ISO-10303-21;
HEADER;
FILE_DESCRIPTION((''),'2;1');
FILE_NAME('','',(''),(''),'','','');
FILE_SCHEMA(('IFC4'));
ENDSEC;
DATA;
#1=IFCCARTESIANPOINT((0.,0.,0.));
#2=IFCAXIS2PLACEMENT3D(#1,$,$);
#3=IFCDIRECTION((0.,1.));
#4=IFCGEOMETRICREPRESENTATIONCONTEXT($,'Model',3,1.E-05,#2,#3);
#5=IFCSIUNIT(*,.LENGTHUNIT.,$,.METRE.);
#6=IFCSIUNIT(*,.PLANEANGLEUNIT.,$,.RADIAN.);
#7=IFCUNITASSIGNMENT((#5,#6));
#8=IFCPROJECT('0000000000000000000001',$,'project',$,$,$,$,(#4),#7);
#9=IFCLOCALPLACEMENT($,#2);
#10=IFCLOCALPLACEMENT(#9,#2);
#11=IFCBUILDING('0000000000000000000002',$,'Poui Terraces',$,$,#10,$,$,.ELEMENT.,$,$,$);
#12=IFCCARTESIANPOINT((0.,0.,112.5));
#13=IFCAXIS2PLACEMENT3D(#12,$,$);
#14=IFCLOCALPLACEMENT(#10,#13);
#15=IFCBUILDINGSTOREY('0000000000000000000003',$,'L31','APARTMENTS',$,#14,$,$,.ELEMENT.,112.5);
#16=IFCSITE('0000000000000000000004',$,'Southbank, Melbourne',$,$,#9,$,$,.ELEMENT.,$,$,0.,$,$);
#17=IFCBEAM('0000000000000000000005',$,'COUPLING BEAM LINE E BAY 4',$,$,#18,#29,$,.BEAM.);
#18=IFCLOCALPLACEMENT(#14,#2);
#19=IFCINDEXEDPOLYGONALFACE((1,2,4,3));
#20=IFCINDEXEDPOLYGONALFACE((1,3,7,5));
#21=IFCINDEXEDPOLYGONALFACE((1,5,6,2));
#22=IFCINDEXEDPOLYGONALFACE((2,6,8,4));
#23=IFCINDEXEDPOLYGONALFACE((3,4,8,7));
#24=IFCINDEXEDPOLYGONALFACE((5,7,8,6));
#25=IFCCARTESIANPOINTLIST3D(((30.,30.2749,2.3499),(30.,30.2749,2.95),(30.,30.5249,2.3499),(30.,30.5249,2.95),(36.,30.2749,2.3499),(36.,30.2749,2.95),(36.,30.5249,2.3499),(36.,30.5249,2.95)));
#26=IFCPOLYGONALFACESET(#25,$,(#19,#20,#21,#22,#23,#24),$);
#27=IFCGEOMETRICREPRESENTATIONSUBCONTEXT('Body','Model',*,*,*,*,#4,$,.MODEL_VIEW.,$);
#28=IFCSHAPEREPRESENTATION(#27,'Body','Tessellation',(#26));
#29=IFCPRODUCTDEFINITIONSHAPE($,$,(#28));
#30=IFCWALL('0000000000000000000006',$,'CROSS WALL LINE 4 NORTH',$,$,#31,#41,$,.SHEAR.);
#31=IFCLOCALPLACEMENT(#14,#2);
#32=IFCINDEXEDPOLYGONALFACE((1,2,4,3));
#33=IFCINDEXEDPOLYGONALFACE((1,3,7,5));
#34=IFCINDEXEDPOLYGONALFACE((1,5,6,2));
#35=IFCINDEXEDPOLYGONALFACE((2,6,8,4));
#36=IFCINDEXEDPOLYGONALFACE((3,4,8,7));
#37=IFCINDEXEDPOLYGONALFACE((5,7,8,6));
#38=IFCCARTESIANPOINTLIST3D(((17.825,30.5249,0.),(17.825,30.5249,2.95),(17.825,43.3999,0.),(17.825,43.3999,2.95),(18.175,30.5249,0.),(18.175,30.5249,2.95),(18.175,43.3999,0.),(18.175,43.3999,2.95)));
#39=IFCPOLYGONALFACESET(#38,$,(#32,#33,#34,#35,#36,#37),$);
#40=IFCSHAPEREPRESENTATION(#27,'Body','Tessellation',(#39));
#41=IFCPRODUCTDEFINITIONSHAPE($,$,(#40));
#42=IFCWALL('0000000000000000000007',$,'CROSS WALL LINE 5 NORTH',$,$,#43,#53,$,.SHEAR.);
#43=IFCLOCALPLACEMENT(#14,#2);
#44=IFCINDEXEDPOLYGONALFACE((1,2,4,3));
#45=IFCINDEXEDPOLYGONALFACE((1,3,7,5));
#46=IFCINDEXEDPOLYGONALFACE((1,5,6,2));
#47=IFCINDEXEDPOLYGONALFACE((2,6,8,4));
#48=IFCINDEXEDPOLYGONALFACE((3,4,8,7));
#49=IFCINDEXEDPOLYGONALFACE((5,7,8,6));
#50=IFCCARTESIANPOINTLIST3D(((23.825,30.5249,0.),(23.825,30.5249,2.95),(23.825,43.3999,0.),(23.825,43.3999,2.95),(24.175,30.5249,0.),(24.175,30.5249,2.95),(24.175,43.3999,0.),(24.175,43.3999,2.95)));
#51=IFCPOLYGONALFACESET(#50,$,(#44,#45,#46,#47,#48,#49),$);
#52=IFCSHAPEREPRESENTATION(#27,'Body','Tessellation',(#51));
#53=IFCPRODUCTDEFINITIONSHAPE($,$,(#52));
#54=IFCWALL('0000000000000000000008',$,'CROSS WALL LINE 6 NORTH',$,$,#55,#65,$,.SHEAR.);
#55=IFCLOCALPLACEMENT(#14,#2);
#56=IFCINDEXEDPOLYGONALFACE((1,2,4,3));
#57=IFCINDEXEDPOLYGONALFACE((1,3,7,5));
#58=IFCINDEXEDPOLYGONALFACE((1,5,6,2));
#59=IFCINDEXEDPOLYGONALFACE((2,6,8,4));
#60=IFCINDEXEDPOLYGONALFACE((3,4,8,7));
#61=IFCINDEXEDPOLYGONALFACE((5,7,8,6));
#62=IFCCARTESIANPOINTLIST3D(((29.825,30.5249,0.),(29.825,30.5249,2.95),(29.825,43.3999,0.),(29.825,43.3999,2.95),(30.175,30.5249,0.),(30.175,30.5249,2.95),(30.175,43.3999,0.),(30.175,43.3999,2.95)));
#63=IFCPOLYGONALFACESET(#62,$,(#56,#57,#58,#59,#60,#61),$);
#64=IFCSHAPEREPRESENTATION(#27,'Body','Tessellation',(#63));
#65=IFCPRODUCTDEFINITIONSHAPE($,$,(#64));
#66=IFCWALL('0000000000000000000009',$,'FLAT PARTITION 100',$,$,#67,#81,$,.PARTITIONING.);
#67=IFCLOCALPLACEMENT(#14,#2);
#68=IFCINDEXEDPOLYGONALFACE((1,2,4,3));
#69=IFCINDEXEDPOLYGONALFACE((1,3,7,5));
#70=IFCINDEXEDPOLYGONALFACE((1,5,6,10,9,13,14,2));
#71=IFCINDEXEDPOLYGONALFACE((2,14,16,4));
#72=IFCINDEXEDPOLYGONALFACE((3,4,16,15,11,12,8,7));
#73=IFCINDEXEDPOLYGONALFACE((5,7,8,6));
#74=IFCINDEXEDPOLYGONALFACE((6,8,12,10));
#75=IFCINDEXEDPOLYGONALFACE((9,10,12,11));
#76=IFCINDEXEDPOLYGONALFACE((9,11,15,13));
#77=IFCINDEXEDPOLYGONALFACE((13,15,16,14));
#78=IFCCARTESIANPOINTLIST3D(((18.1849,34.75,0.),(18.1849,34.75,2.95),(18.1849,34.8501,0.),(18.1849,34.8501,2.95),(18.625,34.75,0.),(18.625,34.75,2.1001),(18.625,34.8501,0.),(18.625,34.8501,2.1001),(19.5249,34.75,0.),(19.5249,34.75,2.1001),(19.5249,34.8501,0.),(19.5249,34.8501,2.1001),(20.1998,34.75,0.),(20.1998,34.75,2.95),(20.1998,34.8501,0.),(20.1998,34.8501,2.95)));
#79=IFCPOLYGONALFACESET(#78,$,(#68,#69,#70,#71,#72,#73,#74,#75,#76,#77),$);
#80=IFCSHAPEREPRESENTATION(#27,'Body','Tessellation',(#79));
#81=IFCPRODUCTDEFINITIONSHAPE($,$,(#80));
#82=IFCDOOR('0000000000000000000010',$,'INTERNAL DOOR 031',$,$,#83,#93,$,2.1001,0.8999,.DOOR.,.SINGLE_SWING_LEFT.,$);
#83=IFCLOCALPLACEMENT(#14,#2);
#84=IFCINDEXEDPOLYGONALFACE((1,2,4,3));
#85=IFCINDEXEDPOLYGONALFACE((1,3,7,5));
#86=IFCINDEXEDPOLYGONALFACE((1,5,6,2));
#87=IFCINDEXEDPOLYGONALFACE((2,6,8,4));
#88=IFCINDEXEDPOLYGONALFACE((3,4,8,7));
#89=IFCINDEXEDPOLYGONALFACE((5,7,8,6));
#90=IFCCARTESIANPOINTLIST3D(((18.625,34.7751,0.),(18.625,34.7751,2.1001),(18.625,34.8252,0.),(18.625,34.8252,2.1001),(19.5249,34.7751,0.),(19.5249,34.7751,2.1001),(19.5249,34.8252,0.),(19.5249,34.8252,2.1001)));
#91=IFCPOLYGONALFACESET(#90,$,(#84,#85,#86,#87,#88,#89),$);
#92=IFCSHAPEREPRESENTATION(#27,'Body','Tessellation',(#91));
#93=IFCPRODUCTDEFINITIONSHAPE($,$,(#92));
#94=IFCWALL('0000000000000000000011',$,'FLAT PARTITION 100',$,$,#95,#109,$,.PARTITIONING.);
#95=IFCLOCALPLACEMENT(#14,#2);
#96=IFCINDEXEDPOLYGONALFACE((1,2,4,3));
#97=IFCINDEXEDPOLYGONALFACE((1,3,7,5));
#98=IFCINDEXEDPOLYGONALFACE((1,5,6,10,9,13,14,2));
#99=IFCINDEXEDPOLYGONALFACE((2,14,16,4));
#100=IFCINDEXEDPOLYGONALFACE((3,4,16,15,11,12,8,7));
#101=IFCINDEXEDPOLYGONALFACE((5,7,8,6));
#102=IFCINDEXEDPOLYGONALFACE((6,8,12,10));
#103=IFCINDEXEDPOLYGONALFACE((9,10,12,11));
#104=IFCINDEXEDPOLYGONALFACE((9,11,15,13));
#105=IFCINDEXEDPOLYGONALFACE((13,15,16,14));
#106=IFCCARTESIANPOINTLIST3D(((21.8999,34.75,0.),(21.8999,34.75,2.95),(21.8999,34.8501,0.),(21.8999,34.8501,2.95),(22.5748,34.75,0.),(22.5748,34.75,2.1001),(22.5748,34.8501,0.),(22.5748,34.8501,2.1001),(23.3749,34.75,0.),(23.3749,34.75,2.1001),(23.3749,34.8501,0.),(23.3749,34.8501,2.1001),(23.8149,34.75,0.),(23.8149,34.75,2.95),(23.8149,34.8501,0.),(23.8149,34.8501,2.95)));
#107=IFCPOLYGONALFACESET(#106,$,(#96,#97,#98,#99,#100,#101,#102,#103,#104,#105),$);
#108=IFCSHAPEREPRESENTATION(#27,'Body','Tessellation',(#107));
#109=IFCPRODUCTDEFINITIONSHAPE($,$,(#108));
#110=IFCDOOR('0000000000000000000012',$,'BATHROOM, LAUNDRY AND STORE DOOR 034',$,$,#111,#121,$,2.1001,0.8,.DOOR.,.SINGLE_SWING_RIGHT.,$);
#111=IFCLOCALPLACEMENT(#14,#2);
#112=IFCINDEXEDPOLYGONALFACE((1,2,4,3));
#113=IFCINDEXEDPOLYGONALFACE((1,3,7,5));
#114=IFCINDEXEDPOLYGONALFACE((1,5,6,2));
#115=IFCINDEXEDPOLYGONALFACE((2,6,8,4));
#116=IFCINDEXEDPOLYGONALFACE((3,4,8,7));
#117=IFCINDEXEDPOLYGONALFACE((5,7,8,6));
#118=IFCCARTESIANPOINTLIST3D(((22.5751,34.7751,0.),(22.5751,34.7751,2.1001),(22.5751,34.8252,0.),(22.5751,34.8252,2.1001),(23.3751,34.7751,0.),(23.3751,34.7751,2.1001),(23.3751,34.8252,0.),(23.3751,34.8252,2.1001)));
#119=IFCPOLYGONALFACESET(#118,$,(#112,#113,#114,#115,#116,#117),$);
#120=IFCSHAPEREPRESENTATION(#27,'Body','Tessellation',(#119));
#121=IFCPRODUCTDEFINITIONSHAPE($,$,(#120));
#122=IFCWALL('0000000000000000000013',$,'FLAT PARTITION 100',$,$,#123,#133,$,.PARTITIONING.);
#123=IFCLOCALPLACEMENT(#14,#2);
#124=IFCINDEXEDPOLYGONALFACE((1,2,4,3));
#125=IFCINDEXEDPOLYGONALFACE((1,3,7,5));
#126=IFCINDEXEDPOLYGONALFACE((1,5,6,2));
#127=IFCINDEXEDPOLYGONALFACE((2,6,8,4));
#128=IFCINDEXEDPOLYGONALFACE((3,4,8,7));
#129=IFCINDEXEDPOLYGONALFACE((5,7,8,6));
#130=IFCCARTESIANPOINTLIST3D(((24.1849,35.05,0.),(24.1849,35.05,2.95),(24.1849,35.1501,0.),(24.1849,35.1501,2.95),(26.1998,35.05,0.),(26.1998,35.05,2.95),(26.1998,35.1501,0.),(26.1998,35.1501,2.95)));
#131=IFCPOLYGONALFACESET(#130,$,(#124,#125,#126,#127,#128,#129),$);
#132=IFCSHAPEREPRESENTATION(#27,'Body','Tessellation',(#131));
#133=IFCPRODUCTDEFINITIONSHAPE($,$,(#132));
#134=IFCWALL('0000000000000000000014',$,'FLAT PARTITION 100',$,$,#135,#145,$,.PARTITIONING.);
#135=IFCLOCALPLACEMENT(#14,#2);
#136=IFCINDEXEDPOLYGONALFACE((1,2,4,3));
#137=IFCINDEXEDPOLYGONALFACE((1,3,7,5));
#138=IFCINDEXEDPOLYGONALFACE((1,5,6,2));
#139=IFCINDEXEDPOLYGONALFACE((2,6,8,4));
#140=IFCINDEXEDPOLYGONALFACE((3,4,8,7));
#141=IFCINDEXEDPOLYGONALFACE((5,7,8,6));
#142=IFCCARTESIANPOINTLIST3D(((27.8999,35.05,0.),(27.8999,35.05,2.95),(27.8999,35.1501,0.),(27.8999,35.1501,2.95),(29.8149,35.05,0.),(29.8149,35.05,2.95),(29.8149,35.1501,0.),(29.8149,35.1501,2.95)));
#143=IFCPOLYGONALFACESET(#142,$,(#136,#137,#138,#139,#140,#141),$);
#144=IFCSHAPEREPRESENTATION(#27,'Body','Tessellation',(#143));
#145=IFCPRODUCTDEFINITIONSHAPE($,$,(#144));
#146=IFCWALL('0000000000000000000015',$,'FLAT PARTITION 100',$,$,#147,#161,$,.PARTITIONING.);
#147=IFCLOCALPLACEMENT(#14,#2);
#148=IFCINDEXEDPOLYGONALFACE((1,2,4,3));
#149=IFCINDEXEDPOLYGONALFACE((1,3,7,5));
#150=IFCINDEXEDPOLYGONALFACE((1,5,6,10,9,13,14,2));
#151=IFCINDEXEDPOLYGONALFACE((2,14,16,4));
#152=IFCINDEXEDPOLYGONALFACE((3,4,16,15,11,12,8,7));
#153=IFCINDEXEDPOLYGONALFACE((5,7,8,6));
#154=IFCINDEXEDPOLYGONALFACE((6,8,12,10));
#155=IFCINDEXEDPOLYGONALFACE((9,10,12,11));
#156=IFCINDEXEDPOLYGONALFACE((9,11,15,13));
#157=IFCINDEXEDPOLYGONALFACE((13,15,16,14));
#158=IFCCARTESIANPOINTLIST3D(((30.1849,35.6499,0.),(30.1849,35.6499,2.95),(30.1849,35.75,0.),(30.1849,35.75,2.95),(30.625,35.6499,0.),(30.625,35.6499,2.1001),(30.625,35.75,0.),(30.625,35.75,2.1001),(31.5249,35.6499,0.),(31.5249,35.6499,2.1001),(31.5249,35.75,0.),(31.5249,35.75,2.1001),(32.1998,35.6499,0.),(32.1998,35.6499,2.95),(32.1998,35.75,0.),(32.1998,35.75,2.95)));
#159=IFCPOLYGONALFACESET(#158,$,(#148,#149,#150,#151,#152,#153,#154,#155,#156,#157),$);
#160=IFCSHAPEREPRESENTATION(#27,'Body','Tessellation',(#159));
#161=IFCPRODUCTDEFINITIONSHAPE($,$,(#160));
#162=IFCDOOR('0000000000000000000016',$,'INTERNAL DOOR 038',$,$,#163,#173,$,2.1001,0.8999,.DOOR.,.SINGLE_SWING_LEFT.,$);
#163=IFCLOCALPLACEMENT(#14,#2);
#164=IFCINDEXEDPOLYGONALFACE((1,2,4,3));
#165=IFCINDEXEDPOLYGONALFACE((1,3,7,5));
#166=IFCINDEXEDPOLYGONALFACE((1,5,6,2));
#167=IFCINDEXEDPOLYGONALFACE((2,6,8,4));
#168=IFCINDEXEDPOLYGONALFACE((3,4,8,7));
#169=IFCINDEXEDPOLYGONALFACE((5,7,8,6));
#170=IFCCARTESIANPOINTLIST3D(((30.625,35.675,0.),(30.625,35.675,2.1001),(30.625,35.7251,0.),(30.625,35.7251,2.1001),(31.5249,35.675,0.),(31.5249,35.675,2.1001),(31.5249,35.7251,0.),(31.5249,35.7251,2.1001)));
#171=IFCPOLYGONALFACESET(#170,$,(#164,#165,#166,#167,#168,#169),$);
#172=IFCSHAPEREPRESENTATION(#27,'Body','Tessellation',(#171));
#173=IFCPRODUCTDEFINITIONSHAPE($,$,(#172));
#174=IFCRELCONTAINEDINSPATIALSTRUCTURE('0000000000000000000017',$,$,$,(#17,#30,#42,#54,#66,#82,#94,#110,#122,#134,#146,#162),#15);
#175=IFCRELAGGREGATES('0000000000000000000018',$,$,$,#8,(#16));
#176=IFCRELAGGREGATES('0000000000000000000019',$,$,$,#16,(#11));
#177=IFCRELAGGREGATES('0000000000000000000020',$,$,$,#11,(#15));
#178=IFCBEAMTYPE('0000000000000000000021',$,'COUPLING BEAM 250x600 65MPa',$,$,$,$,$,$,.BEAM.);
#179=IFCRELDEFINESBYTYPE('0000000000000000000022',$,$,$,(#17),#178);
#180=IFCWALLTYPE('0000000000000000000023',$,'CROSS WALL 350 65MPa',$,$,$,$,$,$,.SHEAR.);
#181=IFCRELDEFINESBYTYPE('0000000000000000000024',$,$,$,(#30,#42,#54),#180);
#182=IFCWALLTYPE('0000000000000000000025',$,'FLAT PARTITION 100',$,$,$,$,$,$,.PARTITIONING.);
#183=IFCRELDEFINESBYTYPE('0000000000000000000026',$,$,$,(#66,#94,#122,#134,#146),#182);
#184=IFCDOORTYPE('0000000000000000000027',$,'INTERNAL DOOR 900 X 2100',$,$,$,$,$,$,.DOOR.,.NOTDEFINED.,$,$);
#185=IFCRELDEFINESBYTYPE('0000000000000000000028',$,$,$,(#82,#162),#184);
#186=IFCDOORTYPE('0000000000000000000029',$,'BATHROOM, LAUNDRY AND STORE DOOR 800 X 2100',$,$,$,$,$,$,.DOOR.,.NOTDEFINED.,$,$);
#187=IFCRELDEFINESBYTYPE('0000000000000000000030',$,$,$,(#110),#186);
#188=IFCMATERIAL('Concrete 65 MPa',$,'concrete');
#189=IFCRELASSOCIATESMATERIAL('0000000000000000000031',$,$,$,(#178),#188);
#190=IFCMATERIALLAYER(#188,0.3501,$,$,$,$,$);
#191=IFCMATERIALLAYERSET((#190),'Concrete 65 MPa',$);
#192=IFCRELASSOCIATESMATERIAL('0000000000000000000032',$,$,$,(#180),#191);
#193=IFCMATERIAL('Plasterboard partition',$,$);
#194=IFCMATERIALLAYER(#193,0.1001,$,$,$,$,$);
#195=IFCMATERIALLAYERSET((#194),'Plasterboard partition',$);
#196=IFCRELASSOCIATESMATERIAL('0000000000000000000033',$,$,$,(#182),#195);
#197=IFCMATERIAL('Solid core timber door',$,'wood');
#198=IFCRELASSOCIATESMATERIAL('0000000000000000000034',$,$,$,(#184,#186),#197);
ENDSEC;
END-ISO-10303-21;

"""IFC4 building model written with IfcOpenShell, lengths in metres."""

from ifc_helpers import new_model, si_unit, direction, frame, frame_2d, origin, origin_2d, place, context, subcontext, project, spatial, rectangle, extrude, source, transform, mapped, material, layer, layer_set, material_profile, profile_set, type_object, element, fill, save


model = new_model("IFC4")

# Units and contexts
model_context = context("Model", 3, precision=1e-05, world=origin(), true_north=direction((0.0, 1.0)))
body_context = subcontext(model_context, "Body", "Model", "MODEL_VIEW")
ifc_project = project(units=[si_unit("LENGTHUNIT", "METRE"), si_unit("PLANEANGLEUNIT", "RADIAN")], contexts=[model_context])

# Site, building, storey
site_placement = place(None, origin())
site = spatial("IfcSite", under=ifc_project, at=site_placement, Name="Southbank, Melbourne", CompositionType="ELEMENT", RefElevation=0.0)
building_placement = place(site_placement, origin())
building = spatial("IfcBuilding", under=site, at=building_placement, Name="Poui Terraces", CompositionType="ELEMENT")
storey_placement = place(building_placement, frame((0.0, 0.0, 112.5)))
storey = spatial("IfcBuildingStorey", under=building, at=storey_placement, Name="L31", Description="APARTMENTS", CompositionType="ELEMENT", Elevation=112.5)

# Beam
ifc_material_1 = material(Name="Concrete 65 MPa", Category="concrete")
ifc_material_profile_1 = material_profile(ifc_material_1, rectangle(XDim=0.25, YDim=0.6001, at=origin_2d()), Name="RC 250x600")
ifc_profile_set_1 = profile_set([ifc_material_profile_1], Name="Concrete 65 MPa")
beam_type = type_object("IfcBeamType", Name="COUPLING BEAM 250x600 65MPa", PredefinedType="BEAM", material=ifc_profile_set_1)
shared_shape_1 = source(origin(), body_context, "Body", "SweptSolid", [
    extrude(rectangle(XDim=0.25, YDim=0.6001, at=origin_2d()), origin(), (0.0, 0.0, 1.0), 6.0),
])
beam_placement = place(storey_placement, frame((30.0, 30.3999, 2.6499), z_axis=(1.0, 0.0, 0.0), x_axis=(0.0, 1.0, 0.0)))
element("IfcBeam", 1, at=beam_placement, inside=storey, type_object=beam_type, Name="COUPLING BEAM LINE E BAY 4", PredefinedType="BEAM", context=body_context, shape_type="MappedRepresentation", body=[
    mapped(shared_shape_1, transform((0.0, 0.0, 0.0))),
])

# Walls
ifc_layer_1 = layer(ifc_material_1, 0.3501)
ifc_layer_set_1 = layer_set([ifc_layer_1], Name="Concrete 65 MPa")
wall_type_1 = type_object("IfcWallType", Name="CROSS WALL 350 65MPa", PredefinedType="SHEAR", material=ifc_layer_set_1)
for number, where, z_axis, x_axis, name in (
    (2, (18.0, 30.5249, 0.0), (0.0, 0.0, 1.0), (0.0, 1.0, 0.0), "CROSS WALL LINE 4 NORTH"),
    (3, (24.0, 30.5249, 0.0), (0.0, 0.0, 1.0), (0.0, 1.0, 0.0), "CROSS WALL LINE 5 NORTH"),
    (4, (30.0, 30.5249, 0.0), (0.0, 0.0, 1.0), (0.0, 1.0, 0.0), "CROSS WALL LINE 6 NORTH"),
):
    element("IfcWall", number, at=place(storey_placement, frame(where, z_axis=z_axis, x_axis=x_axis)), inside=storey, type_object=wall_type_1, Name=name, PredefinedType="SHEAR", context=body_context, shape_type="SweptSolid", body=[
        extrude(rectangle(XDim=12.875, YDim=0.3501, at=frame_2d((6.4375, 0.0))), origin(), (0.0, 0.0, 1.0), 2.95),
    ])

# Walls, openings, doors
ifc_material_2 = material(Name="Plasterboard partition")
ifc_layer_2 = layer(ifc_material_2, 0.1001)
ifc_layer_set_2 = layer_set([ifc_layer_2], Name="Plasterboard partition")
wall_type_2 = type_object("IfcWallType", Name="FLAT PARTITION 100", PredefinedType="PARTITIONING", material=ifc_layer_set_2)
wall_1_placement = place(storey_placement, frame((18.1851, 34.8, 0.0), z_axis=(0.0, 0.0, 1.0), x_axis=(1.0, 0.0, 0.0)))
wall_1 = element("IfcWall", 5, at=wall_1_placement, inside=storey, type_object=wall_type_2, Name="FLAT PARTITION 100", PredefinedType="PARTITIONING", context=body_context, shape_type="SweptSolid", body=[
    extrude(rectangle(XDim=2.0149, YDim=0.1001, at=frame_2d((1.0073, 0.0))), origin(), (0.0, 0.0, 1.0), 2.95),
])
opening_1_placement = place(wall_1_placement, frame((0.4399, 0.0, 0.0)))
opening_1 = element("IfcOpeningElement", 6, at=opening_1_placement, cuts=wall_1, PredefinedType="OPENING", context=body_context, shape_type="SweptSolid", body=[
    extrude(rectangle(XDim=0.8999, YDim=2.1001, at=frame_2d((0.45, 1.05))), frame((0.0, 0.0601, 0.0), z_axis=(0.0, -1.0, 0.0), x_axis=(1.0, 0.0, 0.0)), (0.0, 0.0, 1.0), 0.1201),
])
ifc_material_3 = material(Name="Solid core timber door", Category="wood")
door_type_1 = type_object("IfcDoorType", Name="INTERNAL DOOR 900 X 2100", OperationType="NOTDEFINED", PredefinedType="DOOR", material=ifc_material_3)
door_1_placement = place(opening_1_placement, frame((0.8999, 0.0, 0.0), z_axis=(0.0, 0.0, 1.0), x_axis=(-1.0, 0.0, 0.0)))
door_1 = element("IfcDoor", 7, at=door_1_placement, inside=storey, type_object=door_type_1, Name="INTERNAL DOOR 031", OperationType="SINGLE_SWING_LEFT", OverallHeight=2.1001, OverallWidth=0.8999, PredefinedType="DOOR", context=body_context, shape_type="SweptSolid", body=[
    extrude(rectangle(XDim=0.8999, YDim=2.1001, at=frame_2d((0.45, 1.05))), frame((0.0, 0.0249, 0.0), z_axis=(0.0, -1.0, 0.0), x_axis=(1.0, 0.0, 0.0)), (0.0, 0.0, 1.0), 0.05),
])
fill(opening_1, door_1)
wall_2_placement = place(storey_placement, frame((21.8999, 34.8, 0.0), z_axis=(0.0, 0.0, 1.0), x_axis=(1.0, 0.0, 0.0)))
wall_2 = element("IfcWall", 8, at=wall_2_placement, inside=storey, type_object=wall_type_2, Name="FLAT PARTITION 100", PredefinedType="PARTITIONING", context=body_context, shape_type="SweptSolid", body=[
    extrude(rectangle(XDim=1.915, YDim=0.1001, at=frame_2d((0.9575, 0.0))), origin(), (0.0, 0.0, 1.0), 2.95),
])
opening_2_placement = place(wall_2_placement, frame((0.675, 0.0, 0.0)))
opening_2 = element("IfcOpeningElement", 9, at=opening_2_placement, cuts=wall_2, PredefinedType="OPENING", context=body_context, shape_type="SweptSolid", body=[
    extrude(rectangle(XDim=0.8, YDim=2.1001, at=frame_2d((0.3999, 1.05))), frame((0.0, 0.0601, 0.0), z_axis=(0.0, -1.0, 0.0), x_axis=(1.0, 0.0, 0.0)), (0.0, 0.0, 1.0), 0.1201),
])
door_type_2 = type_object("IfcDoorType", Name="BATHROOM, LAUNDRY AND STORE DOOR 800 X 2100", OperationType="NOTDEFINED", PredefinedType="DOOR", material=ifc_material_3)
door_2_placement = place(opening_2_placement, frame((0.8, 0.0, 0.0), z_axis=(0.0, 0.0, 1.0), x_axis=(-1.0, 0.0, 0.0)))
door_2 = element("IfcDoor", 10, at=door_2_placement, inside=storey, type_object=door_type_2, Name="BATHROOM, LAUNDRY AND STORE DOOR 034", OperationType="SINGLE_SWING_RIGHT", OverallHeight=2.1001, OverallWidth=0.8, PredefinedType="DOOR", context=body_context, shape_type="SweptSolid", body=[
    extrude(rectangle(XDim=0.8, YDim=2.1001, at=frame_2d((0.3999, 1.05))), frame((0.0, 0.0249, 0.0), z_axis=(0.0, -1.0, 0.0), x_axis=(1.0, 0.0, 0.0)), (0.0, 0.0, 1.0), 0.05),
])
fill(opening_2, door_2)

# Walls
wall_3_placement = place(storey_placement, frame((24.1851, 35.1001, 0.0), z_axis=(0.0, 0.0, 1.0), x_axis=(1.0, 0.0, 0.0)))
element("IfcWall", 11, at=wall_3_placement, inside=storey, type_object=wall_type_2, Name="FLAT PARTITION 100", PredefinedType="PARTITIONING", context=body_context, shape_type="SweptSolid", body=[
    extrude(rectangle(XDim=2.0149, YDim=0.1001, at=frame_2d((1.0073, 0.0))), origin(), (0.0, 0.0, 1.0), 2.95),
])
wall_4_placement = place(storey_placement, frame((27.8999, 35.1001, 0.0), z_axis=(0.0, 0.0, 1.0), x_axis=(1.0, 0.0, 0.0)))
element("IfcWall", 12, at=wall_4_placement, inside=storey, type_object=wall_type_2, Name="FLAT PARTITION 100", PredefinedType="PARTITIONING", context=body_context, shape_type="SweptSolid", body=[
    extrude(rectangle(XDim=1.915, YDim=0.1001, at=frame_2d((0.9575, 0.0))), origin(), (0.0, 0.0, 1.0), 2.95),
])

# Wall, opening, door
wall_5_placement = place(storey_placement, frame((30.1851, 35.7, 0.0), z_axis=(0.0, 0.0, 1.0), x_axis=(1.0, 0.0, 0.0)))
wall_5 = element("IfcWall", 13, at=wall_5_placement, inside=storey, type_object=wall_type_2, Name="FLAT PARTITION 100", PredefinedType="PARTITIONING", context=body_context, shape_type="SweptSolid", body=[
    extrude(rectangle(XDim=2.0149, YDim=0.1001, at=frame_2d((1.0073, 0.0))), origin(), (0.0, 0.0, 1.0), 2.95),
])
opening_3_placement = place(wall_5_placement, frame((0.4399, 0.0, 0.0)))
opening_3 = element("IfcOpeningElement", 14, at=opening_3_placement, cuts=wall_5, PredefinedType="OPENING", context=body_context, shape_type="SweptSolid", body=[
    extrude(rectangle(XDim=0.8999, YDim=2.1001, at=frame_2d((0.45, 1.05))), frame((0.0, 0.0601, 0.0), z_axis=(0.0, -1.0, 0.0), x_axis=(1.0, 0.0, 0.0)), (0.0, 0.0, 1.0), 0.1201),
])
door_3_placement = place(opening_3_placement, frame((0.8999, 0.0, 0.0), z_axis=(0.0, 0.0, 1.0), x_axis=(-1.0, 0.0, 0.0)))
door_3 = element("IfcDoor", 15, at=door_3_placement, inside=storey, type_object=door_type_1, Name="INTERNAL DOOR 038", OperationType="SINGLE_SWING_LEFT", OverallHeight=2.1001, OverallWidth=0.8999, PredefinedType="DOOR", context=body_context, shape_type="SweptSolid", body=[
    extrude(rectangle(XDim=0.8999, YDim=2.1001, at=frame_2d((0.45, 1.05))), frame((0.0, 0.0249, 0.0), z_axis=(0.0, -1.0, 0.0), x_axis=(1.0, 0.0, 0.0)), (0.0, 0.0, 1.0), 0.05),
])
fill(opening_3, door_3)

save(model, "model.ifc")
